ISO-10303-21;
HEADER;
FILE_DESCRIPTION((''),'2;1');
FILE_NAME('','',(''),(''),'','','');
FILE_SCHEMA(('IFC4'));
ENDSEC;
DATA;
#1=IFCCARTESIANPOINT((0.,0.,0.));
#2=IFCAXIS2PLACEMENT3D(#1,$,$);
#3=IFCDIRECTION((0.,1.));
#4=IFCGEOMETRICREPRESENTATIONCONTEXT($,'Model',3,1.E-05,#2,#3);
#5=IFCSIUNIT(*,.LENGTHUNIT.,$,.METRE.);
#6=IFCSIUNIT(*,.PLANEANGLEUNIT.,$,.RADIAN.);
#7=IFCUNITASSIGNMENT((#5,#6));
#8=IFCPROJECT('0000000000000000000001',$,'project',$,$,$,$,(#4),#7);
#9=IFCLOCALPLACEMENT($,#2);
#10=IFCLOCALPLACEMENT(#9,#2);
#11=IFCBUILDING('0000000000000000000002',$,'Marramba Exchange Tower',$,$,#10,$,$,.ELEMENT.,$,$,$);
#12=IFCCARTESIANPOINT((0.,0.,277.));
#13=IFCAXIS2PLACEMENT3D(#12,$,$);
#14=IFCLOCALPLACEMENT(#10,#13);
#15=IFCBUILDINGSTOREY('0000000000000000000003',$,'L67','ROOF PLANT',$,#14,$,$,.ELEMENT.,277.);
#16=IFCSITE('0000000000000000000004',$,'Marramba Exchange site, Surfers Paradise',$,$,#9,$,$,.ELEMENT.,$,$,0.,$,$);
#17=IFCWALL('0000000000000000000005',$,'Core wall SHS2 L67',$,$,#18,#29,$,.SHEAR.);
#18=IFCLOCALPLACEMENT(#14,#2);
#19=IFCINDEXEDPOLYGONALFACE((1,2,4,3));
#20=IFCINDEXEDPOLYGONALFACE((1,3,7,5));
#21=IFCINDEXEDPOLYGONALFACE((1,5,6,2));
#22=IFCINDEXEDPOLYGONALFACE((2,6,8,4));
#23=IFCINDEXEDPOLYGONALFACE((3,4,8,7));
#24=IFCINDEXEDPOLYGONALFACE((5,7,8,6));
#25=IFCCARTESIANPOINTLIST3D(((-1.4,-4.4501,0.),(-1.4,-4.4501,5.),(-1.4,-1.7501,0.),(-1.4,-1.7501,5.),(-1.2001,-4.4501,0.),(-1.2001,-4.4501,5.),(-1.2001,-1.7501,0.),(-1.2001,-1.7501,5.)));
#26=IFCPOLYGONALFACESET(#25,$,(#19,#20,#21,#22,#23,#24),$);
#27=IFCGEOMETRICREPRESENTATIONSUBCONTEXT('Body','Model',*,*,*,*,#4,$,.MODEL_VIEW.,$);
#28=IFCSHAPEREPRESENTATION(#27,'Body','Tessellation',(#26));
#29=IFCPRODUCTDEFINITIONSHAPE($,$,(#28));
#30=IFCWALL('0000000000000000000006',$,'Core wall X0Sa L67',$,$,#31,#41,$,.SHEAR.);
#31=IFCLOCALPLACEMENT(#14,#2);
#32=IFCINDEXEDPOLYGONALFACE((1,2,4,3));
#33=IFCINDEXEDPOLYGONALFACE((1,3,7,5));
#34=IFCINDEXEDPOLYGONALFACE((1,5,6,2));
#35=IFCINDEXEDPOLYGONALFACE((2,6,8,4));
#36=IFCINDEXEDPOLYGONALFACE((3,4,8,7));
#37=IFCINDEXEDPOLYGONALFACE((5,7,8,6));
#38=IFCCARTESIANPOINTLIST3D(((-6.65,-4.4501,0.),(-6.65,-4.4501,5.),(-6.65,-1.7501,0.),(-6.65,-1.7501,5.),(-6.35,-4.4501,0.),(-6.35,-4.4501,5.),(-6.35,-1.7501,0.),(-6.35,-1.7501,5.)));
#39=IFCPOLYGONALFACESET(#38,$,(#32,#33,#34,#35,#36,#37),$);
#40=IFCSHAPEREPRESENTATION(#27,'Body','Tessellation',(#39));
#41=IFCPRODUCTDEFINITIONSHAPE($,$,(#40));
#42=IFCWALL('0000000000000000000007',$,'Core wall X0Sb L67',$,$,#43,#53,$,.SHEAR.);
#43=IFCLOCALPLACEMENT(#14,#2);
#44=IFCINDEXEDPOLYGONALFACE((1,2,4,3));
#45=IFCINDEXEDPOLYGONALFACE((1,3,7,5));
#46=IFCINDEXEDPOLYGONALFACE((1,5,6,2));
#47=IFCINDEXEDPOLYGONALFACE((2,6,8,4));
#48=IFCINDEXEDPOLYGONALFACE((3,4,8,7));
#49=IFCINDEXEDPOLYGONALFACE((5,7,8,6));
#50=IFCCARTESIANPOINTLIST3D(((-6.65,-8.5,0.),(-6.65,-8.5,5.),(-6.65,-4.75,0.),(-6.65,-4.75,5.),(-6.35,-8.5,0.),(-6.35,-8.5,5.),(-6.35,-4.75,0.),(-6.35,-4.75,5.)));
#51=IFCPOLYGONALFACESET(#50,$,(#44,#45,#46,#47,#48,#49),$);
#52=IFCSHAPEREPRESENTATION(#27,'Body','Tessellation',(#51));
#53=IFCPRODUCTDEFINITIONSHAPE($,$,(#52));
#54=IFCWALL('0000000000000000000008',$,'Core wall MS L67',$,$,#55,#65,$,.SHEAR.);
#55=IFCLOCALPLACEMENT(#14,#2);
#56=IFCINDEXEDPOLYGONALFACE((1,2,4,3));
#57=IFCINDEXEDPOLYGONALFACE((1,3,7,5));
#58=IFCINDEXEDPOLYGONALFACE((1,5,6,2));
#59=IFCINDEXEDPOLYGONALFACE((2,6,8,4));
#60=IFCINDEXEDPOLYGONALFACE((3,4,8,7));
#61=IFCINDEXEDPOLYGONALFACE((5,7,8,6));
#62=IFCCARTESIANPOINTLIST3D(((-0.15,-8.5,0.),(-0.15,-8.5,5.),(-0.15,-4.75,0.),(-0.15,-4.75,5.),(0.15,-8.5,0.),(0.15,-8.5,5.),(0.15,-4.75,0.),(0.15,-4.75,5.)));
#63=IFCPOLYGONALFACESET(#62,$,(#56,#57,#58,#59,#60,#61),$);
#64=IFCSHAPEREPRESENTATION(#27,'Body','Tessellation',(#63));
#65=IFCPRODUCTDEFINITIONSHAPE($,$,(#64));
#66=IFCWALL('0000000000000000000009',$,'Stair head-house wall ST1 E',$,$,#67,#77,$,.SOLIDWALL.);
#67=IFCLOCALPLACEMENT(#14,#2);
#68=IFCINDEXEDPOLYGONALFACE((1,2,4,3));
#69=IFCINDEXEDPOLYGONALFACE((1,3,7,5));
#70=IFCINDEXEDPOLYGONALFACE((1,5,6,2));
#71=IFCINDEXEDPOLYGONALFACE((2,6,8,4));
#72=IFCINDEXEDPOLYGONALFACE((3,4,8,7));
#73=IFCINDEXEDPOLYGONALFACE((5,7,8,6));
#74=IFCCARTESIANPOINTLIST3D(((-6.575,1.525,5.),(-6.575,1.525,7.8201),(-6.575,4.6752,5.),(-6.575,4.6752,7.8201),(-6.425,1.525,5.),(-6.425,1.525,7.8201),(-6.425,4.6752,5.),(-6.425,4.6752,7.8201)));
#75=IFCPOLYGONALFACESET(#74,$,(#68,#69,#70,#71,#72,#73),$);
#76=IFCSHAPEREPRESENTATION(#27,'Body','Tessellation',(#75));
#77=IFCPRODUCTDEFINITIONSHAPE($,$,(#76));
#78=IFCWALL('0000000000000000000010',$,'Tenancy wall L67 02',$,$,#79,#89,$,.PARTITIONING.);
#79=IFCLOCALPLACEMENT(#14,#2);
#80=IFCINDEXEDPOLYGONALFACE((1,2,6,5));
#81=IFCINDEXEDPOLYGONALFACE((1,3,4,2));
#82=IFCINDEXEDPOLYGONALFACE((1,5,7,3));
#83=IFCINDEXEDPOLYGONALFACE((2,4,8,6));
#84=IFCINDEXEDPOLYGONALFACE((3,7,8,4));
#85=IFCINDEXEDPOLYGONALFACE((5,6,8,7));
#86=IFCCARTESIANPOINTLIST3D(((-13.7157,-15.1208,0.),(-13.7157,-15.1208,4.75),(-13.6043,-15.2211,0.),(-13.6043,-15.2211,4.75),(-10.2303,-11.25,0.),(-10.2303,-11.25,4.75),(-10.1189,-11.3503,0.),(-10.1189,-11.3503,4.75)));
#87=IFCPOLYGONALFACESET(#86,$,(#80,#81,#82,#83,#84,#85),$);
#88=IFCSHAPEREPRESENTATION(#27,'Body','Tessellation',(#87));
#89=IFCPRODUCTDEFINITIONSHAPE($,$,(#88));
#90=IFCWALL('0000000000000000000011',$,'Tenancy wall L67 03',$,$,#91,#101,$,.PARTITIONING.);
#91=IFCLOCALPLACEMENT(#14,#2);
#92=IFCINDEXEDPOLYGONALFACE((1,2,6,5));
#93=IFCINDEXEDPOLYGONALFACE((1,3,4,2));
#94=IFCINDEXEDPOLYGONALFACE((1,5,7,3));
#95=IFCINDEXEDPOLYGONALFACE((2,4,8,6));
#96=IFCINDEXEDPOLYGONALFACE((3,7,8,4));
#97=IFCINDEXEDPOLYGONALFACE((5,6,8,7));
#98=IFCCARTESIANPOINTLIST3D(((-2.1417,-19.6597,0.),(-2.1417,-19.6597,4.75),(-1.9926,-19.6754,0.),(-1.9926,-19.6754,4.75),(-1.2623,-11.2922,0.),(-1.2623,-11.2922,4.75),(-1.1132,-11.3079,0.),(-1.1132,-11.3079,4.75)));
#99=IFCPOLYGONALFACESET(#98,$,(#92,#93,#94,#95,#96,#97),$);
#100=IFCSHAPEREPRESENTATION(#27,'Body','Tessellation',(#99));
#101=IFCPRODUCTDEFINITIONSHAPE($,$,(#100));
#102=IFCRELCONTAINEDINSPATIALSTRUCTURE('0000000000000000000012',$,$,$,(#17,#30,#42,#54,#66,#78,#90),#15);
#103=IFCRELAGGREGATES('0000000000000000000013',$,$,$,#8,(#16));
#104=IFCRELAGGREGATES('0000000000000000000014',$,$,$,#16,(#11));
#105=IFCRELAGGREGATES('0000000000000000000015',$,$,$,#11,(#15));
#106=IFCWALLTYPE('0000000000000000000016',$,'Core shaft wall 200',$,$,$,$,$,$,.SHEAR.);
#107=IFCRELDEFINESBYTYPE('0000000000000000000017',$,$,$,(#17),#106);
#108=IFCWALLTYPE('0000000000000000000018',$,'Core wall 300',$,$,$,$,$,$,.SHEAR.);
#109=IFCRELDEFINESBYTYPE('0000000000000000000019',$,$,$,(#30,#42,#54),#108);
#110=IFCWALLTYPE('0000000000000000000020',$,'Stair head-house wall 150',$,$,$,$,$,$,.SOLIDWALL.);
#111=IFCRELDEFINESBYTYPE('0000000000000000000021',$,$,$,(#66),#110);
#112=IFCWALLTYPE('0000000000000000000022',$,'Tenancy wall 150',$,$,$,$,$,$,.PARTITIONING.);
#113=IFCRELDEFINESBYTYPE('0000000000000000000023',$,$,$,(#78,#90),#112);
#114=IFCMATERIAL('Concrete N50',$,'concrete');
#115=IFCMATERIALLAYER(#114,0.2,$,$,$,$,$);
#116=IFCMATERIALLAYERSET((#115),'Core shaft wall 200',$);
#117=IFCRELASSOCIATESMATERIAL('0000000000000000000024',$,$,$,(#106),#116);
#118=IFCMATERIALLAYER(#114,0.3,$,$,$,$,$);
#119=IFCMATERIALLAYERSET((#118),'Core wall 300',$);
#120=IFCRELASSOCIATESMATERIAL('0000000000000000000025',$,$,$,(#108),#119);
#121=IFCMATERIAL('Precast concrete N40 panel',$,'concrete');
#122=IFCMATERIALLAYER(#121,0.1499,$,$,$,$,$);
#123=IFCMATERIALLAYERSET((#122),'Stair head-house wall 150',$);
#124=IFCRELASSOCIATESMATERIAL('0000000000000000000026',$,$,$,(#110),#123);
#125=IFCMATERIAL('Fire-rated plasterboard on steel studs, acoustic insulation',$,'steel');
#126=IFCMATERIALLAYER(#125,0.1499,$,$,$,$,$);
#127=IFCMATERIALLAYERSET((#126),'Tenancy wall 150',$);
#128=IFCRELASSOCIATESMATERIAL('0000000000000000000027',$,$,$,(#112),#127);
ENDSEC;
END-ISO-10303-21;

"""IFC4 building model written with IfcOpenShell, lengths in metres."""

from ifc_helpers import new_model, si_unit, direction, frame, frame_2d, origin, place, context, subcontext, project, spatial, rectangle, extrude, material, layer, layer_set, type_object, element, save


model = new_model("IFC4")

# Units and contexts
model_context = context("Model", 3, precision=1e-05, world=origin(), true_north=direction((0.0, 1.0)))
body_context = subcontext(model_context, "Body", "Model", "MODEL_VIEW")
ifc_project = project(units=[si_unit("LENGTHUNIT", "METRE"), si_unit("PLANEANGLEUNIT", "RADIAN")], contexts=[model_context])

# Site, building, storey
site_placement = place(None, origin())
site = spatial("IfcSite", under=ifc_project, at=site_placement, Name="Marramba Exchange site, Surfers Paradise", CompositionType="ELEMENT", RefElevation=0.0)
building_placement = place(site_placement, origin())
building = spatial("IfcBuilding", under=site, at=building_placement, Name="Marramba Exchange Tower", CompositionType="ELEMENT")
storey_placement = place(building_placement, frame((0.0, 0.0, 277.0)))
storey = spatial("IfcBuildingStorey", under=building, at=storey_placement, Name="L67", Description="ROOF PLANT", CompositionType="ELEMENT", Elevation=277.0)

# Walls
ifc_material_1 = material(Name="Concrete N50", Category="concrete")
ifc_layer_1 = layer(ifc_material_1, 0.2)
ifc_layer_set_1 = layer_set([ifc_layer_1], Name="Core shaft wall 200")
wall_type_1 = type_object("IfcWallType", Name="Core shaft wall 200", PredefinedType="SHEAR", material=ifc_layer_set_1)
for number, where, z_axis, x_axis, name in (
    (1, (-1.3, -1.75, 0.0), (0.0, 0.0, 1.0), (0.0, -1.0, 0.0), "Core wall SHS2 L67"),
):
    element("IfcWall", number, at=place(storey_placement, frame(where, z_axis=z_axis, x_axis=x_axis)), inside=storey, type_object=wall_type_1, Name=name, PredefinedType="SHEAR", context=body_context, shape_type="SweptSolid", body=[
        extrude(rectangle(XDim=2.7, YDim=0.2, at=frame_2d((1.3501, 0.0))), origin(), (0.0, 0.0, 1.0), 5.0),
    ])
ifc_layer_2 = layer(ifc_material_1, 0.3)
ifc_layer_set_2 = layer_set([ifc_layer_2], Name="Core wall 300")
wall_type_2 = type_object("IfcWallType", Name="Core wall 300", PredefinedType="SHEAR", material=ifc_layer_set_2)
wall_1_placement = place(storey_placement, frame((-6.5, -1.75, 0.0), z_axis=(0.0, 0.0, 1.0), x_axis=(0.0, -1.0, 0.0)))
element("IfcWall", 2, at=wall_1_placement, inside=storey, type_object=wall_type_2, Name="Core wall X0Sa L67", PredefinedType="SHEAR", context=body_context, shape_type="SweptSolid", body=[
    extrude(rectangle(XDim=2.7, YDim=0.3, at=frame_2d((1.3501, 0.0))), origin(), (0.0, 0.0, 1.0), 5.0),
])
for number, where, z_axis, x_axis, name in (
    (3, (-6.5, -4.75, 0.0), (0.0, 0.0, 1.0), (0.0, -1.0, 0.0), "Core wall X0Sb L67"),
    (4, (0.0, -4.75, 0.0), (0.0, 0.0, 1.0), (0.0, -1.0, 0.0), "Core wall MS L67"),
):
    element("IfcWall", number, at=place(storey_placement, frame(where, z_axis=z_axis, x_axis=x_axis)), inside=storey, type_object=wall_type_2, Name=name, PredefinedType="SHEAR", context=body_context, shape_type="SweptSolid", body=[
        extrude(rectangle(XDim=3.75, YDim=0.3, at=frame_2d((1.875, 0.0))), origin(), (0.0, 0.0, 1.0), 5.0),
    ])
ifc_material_2 = material(Name="Precast concrete N40 panel", Category="concrete")
ifc_layer_3 = layer(ifc_material_2, 0.1499)
ifc_layer_set_3 = layer_set([ifc_layer_3], Name="Stair head-house wall 150")
wall_type_3 = type_object("IfcWallType", Name="Stair head-house wall 150", PredefinedType="SOLIDWALL", material=ifc_layer_set_3)
wall_2_placement = place(storey_placement, frame((-6.5, 1.5249, 5.0), z_axis=(0.0, 0.0, 1.0), x_axis=(0.0, 1.0, 0.0)))
element("IfcWall", 5, at=wall_2_placement, inside=storey, type_object=wall_type_3, Name="Stair head-house wall ST1 E", PredefinedType="SOLIDWALL", context=body_context, shape_type="SweptSolid", body=[
    extrude(rectangle(XDim=3.1501, YDim=0.1499, at=frame_2d((1.5752, 0.0))), origin(), (0.0, 0.0, 1.0), 2.8201),
])
ifc_material_3 = material(Name="Fire-rated plasterboard on steel studs, acoustic insulation", Category="steel")
ifc_layer_4 = layer(ifc_material_3, 0.1499)
ifc_layer_set_4 = layer_set([ifc_layer_4], Name="Tenancy wall 150")
wall_type_4 = type_object("IfcWallType", Name="Tenancy wall 150", PredefinedType="PARTITIONING", material=ifc_layer_set_4)
wall_3_placement = place(storey_placement, frame((-10.1746, -11.3, 0.0), z_axis=(0.0, 0.0, 1.0), x_axis=(-0.669133, -0.743143, 0.0)))
element("IfcWall", 6, at=wall_3_placement, inside=storey, type_object=wall_type_4, Name="Tenancy wall L67 02", PredefinedType="PARTITIONING", context=body_context, shape_type="SweptSolid", body=[
    extrude(rectangle(XDim=5.2087, YDim=0.1499, at=frame_2d((2.6045, 0.0))), origin(), (0.0, 0.0, 1.0), 4.75),
])
wall_4_placement = place(storey_placement, frame((-1.1877, -11.3, 0.0), z_axis=(0.0, 0.0, 1.0), x_axis=(-0.104522, -0.994523, 0.0)))
element("IfcWall", 7, at=wall_4_placement, inside=storey, type_object=wall_type_4, Name="Tenancy wall L67 03", PredefinedType="PARTITIONING", context=body_context, shape_type="SweptSolid", body=[
    extrude(rectangle(XDim=8.4136, YDim=0.1499, at=frame_2d((4.2068, 0.0))), origin(), (0.0, 0.0, 1.0), 4.75),
])

save(model, "model.ifc")
